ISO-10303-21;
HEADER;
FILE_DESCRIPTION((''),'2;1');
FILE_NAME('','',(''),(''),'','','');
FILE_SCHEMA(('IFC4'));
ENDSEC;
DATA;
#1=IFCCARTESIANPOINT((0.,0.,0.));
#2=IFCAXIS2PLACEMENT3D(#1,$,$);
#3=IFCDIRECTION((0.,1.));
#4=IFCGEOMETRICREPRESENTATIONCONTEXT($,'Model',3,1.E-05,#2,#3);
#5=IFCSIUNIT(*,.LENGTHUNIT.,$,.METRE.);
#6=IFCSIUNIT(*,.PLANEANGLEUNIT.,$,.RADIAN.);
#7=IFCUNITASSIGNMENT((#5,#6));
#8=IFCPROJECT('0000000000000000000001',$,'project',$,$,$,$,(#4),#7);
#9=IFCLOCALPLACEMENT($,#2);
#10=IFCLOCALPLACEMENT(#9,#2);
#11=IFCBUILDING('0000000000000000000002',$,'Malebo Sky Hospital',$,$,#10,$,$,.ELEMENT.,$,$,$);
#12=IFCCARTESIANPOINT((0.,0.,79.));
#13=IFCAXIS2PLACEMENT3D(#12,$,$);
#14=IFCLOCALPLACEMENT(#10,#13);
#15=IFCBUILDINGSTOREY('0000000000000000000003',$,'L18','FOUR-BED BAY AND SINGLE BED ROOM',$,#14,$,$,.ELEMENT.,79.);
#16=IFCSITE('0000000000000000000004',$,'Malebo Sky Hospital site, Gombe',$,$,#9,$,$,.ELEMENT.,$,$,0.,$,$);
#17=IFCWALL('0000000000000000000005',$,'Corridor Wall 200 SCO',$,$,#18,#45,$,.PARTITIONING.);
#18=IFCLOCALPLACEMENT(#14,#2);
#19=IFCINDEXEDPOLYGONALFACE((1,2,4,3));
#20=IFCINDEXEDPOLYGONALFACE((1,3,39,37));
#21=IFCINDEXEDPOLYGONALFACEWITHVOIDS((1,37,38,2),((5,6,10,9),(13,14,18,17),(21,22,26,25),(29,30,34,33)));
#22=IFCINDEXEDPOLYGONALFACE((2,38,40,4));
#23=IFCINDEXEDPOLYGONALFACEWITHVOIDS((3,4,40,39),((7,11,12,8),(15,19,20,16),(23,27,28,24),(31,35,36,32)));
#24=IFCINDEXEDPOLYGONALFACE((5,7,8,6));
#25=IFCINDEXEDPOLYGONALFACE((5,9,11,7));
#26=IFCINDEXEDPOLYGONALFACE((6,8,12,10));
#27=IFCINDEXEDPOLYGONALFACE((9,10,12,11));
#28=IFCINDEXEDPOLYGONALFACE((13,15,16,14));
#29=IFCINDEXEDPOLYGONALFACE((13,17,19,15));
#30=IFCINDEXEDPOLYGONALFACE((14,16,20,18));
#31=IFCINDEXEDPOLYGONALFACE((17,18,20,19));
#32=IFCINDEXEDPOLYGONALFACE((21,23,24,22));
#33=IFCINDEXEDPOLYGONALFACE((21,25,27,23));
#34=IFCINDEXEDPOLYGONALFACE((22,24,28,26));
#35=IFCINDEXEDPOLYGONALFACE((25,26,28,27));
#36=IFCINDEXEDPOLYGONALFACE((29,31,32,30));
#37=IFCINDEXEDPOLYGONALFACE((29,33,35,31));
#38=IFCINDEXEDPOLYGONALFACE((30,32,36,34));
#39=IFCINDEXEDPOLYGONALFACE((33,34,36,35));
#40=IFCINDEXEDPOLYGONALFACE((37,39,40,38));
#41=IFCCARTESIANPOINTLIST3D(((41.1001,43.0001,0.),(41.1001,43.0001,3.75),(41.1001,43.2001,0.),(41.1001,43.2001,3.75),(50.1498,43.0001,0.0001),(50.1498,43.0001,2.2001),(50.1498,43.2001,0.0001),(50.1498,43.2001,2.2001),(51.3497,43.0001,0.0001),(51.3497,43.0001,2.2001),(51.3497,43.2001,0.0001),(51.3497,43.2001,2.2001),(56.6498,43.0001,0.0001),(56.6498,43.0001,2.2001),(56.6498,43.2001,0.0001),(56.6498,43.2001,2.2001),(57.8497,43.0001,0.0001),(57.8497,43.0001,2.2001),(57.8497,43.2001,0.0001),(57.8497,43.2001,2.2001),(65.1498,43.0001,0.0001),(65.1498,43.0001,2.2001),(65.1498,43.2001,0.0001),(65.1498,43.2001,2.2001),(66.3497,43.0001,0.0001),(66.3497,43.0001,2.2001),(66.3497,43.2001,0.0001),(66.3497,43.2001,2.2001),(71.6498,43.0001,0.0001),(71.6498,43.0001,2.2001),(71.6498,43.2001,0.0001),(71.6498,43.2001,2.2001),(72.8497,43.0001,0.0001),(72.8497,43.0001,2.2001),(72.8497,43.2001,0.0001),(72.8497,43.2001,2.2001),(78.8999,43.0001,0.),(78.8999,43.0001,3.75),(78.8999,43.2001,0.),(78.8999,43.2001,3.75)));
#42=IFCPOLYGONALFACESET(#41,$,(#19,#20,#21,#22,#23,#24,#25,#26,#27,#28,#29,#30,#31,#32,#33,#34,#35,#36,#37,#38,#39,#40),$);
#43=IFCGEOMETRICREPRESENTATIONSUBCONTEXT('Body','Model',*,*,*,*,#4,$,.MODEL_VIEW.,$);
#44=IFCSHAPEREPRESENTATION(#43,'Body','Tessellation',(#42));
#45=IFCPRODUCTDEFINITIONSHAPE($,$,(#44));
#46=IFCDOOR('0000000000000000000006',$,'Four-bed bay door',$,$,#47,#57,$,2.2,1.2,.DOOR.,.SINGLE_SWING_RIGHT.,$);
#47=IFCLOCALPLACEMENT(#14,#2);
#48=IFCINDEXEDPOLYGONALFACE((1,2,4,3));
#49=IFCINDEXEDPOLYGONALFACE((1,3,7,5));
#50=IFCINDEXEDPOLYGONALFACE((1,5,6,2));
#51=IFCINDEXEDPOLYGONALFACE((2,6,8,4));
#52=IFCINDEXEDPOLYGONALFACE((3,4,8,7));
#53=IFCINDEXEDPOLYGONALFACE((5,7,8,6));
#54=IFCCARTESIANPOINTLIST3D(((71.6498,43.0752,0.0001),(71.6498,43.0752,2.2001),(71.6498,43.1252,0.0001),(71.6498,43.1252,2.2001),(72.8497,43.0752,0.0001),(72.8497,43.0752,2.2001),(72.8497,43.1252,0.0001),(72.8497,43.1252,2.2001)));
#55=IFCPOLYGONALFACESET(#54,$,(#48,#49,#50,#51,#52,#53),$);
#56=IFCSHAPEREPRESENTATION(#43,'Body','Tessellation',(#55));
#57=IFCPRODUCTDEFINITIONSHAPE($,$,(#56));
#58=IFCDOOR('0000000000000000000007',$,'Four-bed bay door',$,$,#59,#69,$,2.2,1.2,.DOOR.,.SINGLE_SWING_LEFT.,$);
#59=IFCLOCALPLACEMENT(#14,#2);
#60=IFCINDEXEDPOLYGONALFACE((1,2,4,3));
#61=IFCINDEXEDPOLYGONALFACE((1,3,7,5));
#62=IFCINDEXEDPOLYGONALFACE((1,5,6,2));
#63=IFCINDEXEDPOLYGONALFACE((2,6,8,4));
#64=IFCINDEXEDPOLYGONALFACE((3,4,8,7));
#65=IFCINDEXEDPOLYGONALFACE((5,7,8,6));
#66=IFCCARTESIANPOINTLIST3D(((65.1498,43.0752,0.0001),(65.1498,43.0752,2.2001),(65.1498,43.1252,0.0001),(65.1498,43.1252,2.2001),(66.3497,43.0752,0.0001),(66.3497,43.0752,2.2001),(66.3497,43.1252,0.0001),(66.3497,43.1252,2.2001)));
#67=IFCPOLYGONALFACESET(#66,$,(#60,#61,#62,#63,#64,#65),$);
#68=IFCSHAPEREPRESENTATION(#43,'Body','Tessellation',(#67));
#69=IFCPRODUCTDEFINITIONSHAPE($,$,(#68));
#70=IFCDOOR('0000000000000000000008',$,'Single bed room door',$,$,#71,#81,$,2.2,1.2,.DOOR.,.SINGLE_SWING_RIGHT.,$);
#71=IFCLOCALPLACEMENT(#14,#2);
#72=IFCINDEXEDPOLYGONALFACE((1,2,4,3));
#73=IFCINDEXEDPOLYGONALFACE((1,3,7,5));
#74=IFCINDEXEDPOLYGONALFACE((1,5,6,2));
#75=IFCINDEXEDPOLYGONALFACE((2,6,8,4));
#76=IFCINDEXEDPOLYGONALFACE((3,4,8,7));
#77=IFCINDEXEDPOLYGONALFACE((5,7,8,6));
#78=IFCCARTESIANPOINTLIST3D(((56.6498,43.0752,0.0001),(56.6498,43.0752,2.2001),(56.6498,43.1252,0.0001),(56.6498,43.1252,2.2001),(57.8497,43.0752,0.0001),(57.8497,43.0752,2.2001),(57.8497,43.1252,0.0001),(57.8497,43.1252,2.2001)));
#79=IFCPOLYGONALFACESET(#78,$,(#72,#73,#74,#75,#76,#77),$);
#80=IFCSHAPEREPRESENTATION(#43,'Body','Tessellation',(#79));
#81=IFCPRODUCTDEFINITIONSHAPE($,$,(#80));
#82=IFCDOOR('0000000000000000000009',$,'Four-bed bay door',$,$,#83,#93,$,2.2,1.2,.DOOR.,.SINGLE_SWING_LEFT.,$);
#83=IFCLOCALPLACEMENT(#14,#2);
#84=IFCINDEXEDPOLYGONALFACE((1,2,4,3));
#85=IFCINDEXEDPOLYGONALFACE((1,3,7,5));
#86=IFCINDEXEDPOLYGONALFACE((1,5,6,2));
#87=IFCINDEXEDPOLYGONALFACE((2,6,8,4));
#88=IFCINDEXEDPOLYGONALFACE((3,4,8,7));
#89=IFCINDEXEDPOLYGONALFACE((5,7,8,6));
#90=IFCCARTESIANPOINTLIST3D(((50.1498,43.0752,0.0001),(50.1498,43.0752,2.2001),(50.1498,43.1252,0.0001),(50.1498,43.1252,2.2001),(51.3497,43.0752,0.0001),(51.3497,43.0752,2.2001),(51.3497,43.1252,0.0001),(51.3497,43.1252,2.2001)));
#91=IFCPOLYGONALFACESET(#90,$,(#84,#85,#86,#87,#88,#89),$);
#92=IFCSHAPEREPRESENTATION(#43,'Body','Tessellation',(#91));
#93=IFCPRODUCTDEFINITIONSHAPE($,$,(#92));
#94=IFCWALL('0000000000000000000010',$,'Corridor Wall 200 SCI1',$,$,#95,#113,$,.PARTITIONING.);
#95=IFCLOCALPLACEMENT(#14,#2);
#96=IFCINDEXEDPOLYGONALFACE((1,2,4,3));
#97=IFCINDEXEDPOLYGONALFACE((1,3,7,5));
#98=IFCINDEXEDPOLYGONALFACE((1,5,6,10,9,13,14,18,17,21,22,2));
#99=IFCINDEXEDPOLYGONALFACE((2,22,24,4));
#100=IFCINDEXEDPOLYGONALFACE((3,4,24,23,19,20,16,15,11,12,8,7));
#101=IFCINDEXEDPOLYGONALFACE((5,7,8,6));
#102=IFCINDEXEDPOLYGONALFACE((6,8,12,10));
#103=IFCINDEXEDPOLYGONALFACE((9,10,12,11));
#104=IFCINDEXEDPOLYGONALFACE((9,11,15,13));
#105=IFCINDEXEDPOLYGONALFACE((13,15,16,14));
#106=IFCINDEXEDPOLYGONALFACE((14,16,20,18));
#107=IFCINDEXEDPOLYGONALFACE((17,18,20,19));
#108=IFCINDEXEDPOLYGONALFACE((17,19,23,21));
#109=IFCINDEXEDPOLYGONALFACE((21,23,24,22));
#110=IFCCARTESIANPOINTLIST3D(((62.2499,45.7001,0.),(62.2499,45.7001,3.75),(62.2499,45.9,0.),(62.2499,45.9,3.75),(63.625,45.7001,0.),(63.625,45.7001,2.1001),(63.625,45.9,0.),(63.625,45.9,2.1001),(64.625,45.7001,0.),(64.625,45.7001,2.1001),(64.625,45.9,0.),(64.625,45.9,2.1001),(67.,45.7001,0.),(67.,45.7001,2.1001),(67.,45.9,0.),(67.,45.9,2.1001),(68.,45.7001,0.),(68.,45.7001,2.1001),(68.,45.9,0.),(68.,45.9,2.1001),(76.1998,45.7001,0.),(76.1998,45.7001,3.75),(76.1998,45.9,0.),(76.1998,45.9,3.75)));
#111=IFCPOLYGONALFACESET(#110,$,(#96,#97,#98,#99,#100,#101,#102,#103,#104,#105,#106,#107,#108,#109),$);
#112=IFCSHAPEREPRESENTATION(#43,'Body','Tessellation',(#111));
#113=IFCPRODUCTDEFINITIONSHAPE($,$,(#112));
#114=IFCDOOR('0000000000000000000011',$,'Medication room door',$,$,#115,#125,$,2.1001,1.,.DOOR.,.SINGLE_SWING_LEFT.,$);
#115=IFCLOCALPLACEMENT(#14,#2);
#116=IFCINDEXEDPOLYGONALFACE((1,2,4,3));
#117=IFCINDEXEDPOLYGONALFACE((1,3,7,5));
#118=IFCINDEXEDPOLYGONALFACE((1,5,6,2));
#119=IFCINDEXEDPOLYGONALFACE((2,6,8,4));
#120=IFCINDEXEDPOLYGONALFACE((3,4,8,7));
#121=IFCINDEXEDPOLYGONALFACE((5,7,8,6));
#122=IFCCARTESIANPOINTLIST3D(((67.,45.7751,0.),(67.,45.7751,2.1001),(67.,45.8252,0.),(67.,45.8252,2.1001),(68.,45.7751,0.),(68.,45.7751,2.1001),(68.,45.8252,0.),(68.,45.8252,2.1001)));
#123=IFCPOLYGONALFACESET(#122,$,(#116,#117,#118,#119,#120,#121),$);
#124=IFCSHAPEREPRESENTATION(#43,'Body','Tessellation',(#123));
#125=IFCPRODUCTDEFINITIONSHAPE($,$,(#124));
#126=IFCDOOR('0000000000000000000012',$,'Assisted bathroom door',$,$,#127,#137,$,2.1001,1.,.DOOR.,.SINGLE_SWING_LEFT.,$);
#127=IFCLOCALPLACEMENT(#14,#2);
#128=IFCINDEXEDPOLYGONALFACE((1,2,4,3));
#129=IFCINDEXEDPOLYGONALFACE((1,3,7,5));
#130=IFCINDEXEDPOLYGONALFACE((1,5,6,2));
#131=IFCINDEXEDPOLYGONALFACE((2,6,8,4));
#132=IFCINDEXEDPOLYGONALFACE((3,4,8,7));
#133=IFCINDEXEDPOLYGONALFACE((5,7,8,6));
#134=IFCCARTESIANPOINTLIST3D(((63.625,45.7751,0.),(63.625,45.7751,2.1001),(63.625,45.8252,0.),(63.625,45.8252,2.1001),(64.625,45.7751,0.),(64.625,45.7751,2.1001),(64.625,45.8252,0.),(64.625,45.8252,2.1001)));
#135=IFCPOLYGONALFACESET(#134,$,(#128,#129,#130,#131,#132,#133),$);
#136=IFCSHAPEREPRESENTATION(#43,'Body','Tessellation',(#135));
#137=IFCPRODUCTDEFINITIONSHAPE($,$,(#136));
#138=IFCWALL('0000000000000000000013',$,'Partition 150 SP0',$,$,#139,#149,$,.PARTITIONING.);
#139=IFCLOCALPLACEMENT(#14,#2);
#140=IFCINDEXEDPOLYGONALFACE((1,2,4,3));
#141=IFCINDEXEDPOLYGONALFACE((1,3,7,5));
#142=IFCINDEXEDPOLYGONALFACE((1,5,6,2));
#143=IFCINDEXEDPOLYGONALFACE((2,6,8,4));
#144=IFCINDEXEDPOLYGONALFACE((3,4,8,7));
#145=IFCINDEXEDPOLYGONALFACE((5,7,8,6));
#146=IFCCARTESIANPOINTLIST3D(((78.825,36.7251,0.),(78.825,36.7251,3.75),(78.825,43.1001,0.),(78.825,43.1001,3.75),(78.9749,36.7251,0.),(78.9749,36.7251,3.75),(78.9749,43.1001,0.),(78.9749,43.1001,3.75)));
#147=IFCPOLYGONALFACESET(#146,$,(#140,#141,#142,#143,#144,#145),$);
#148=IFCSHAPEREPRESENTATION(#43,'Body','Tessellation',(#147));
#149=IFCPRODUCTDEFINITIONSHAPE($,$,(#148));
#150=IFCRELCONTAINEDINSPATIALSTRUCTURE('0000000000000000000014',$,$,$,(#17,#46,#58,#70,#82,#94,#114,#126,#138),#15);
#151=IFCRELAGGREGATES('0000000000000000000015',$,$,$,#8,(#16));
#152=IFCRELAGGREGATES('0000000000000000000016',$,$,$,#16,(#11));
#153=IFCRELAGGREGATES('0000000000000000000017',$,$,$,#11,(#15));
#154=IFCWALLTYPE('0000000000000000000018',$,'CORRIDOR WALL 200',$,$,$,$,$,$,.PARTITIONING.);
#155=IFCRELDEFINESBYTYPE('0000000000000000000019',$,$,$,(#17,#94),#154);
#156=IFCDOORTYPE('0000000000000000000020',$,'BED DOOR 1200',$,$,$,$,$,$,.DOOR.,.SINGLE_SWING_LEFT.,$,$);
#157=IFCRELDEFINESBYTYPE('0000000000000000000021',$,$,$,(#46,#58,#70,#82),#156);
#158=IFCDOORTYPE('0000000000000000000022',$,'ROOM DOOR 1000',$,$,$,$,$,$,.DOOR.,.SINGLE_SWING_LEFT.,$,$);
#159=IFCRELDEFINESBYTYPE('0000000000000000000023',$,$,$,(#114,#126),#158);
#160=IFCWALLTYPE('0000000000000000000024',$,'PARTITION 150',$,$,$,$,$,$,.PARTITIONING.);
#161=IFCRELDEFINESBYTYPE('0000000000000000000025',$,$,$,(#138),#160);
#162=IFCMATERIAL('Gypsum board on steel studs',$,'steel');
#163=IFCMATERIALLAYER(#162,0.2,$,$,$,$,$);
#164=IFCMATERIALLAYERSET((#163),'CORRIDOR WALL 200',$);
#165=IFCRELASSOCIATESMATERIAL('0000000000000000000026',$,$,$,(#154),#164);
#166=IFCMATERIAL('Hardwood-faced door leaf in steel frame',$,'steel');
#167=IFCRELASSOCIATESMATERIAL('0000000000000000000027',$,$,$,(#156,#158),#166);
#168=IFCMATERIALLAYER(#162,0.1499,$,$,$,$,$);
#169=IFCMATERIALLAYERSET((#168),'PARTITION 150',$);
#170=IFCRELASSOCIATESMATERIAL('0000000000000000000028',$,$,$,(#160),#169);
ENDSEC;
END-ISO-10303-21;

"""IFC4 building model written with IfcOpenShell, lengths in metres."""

from ifc_helpers import new_model, si_unit, direction, frame, frame_2d, origin, place, context, subcontext, project, spatial, rectangle, extrude, material, layer, layer_set, type_object, element, fill, save


model = new_model("IFC4")

# Units and contexts
model_context = context("Model", 3, precision=1e-05, world=origin(), true_north=direction((0.0, 1.0)))
body_context = subcontext(model_context, "Body", "Model", "MODEL_VIEW")
ifc_project = project(units=[si_unit("LENGTHUNIT", "METRE"), si_unit("PLANEANGLEUNIT", "RADIAN")], contexts=[model_context])

# Site, building, storey
site_placement = place(None, origin())
site = spatial("IfcSite", under=ifc_project, at=site_placement, Name="Malebo Sky Hospital site, Gombe", CompositionType="ELEMENT", RefElevation=0.0)
building_placement = place(site_placement, origin())
building = spatial("IfcBuilding", under=site, at=building_placement, Name="Malebo Sky Hospital", CompositionType="ELEMENT")
storey_placement = place(building_placement, frame((0.0, 0.0, 79.0)))
storey = spatial("IfcBuildingStorey", under=building, at=storey_placement, Name="L18", Description="FOUR-BED BAY AND SINGLE BED ROOM", CompositionType="ELEMENT", Elevation=79.0)

# Walls, openings, doors
ifc_material_1 = material(Name="Gypsum board on steel studs", Category="steel")
ifc_layer_1 = layer(ifc_material_1, 0.2)
ifc_layer_set_1 = layer_set([ifc_layer_1], Name="CORRIDOR WALL 200")
wall_type_1 = type_object("IfcWallType", Name="CORRIDOR WALL 200", PredefinedType="PARTITIONING", material=ifc_layer_set_1)
wall_1_placement = place(storey_placement, frame((78.8999, 43.1001, 0.0), z_axis=(0.0, 0.0, 1.0), x_axis=(-1.0, 0.0, 0.0)))
wall_1 = element("IfcWall", 1, at=wall_1_placement, inside=storey, type_object=wall_type_1, Name="Corridor Wall 200 SCO", PredefinedType="PARTITIONING", context=body_context, shape_type="SweptSolid", body=[
    extrude(rectangle(XDim=37.7998, YDim=0.2, at=frame_2d((18.8999, 0.0))), origin(), (0.0, 0.0, 1.0), 3.75),
])
opening_1_placement = place(wall_1_placement, frame((6.05, 0.0, 0.0)))
opening_1 = element("IfcOpeningElement", 2, at=opening_1_placement, cuts=wall_1, PredefinedType="OPENING", context=body_context, shape_type="SweptSolid", body=[
    extrude(rectangle(XDim=1.2, YDim=2.2, at=frame_2d((0.6001, 1.1001))), frame((0.0, 0.1099, 0.0), z_axis=(0.0, -1.0, 0.0), x_axis=(1.0, 0.0, 0.0)), (0.0, 0.0, 1.0), 0.22),
])
opening_2_placement = place(wall_1_placement, frame((12.55, 0.0, 0.0)))
opening_2 = element("IfcOpeningElement", 3, at=opening_2_placement, cuts=wall_1, PredefinedType="OPENING", context=body_context, shape_type="SweptSolid", body=[
    extrude(rectangle(XDim=1.2, YDim=2.2, at=frame_2d((0.6001, 1.1001))), frame((0.0, 0.1099, 0.0), z_axis=(0.0, -1.0, 0.0), x_axis=(1.0, 0.0, 0.0)), (0.0, 0.0, 1.0), 0.22),
])
opening_3_placement = place(wall_1_placement, frame((21.05, 0.0, 0.0)))
opening_3 = element("IfcOpeningElement", 4, at=opening_3_placement, cuts=wall_1, PredefinedType="OPENING", context=body_context, shape_type="SweptSolid", body=[
    extrude(rectangle(XDim=1.2, YDim=2.2, at=frame_2d((0.6001, 1.1001))), frame((0.0, 0.1099, 0.0), z_axis=(0.0, -1.0, 0.0), x_axis=(1.0, 0.0, 0.0)), (0.0, 0.0, 1.0), 0.22),
])
opening_4_placement = place(wall_1_placement, frame((27.55, 0.0, 0.0)))
opening_4 = element("IfcOpeningElement", 5, at=opening_4_placement, cuts=wall_1, PredefinedType="OPENING", context=body_context, shape_type="SweptSolid", body=[
    extrude(rectangle(XDim=1.2, YDim=2.2, at=frame_2d((0.6001, 1.1001))), frame((0.0, 0.1099, 0.0), z_axis=(0.0, -1.0, 0.0), x_axis=(1.0, 0.0, 0.0)), (0.0, 0.0, 1.0), 0.22),
])
ifc_material_2 = material(Name="Hardwood-faced door leaf in steel frame", Category="steel")
door_type_1 = type_object("IfcDoorType", Name="BED DOOR 1200", OperationType="SINGLE_SWING_LEFT", PredefinedType="DOOR", material=ifc_material_2)
door_1_placement = place(opening_1_placement, origin())
door_1 = element("IfcDoor", 6, at=door_1_placement, inside=storey, type_object=door_type_1, Name="Four-bed bay door", OperationType="SINGLE_SWING_RIGHT", OverallHeight=2.2, OverallWidth=1.2, PredefinedType="DOOR", context=body_context, shape_type="SweptSolid", body=[
    extrude(rectangle(XDim=1.2, YDim=2.2, at=frame_2d((0.6001, 1.1001))), frame((0.0, 0.0249, 0.0), z_axis=(0.0, -1.0, 0.0), x_axis=(1.0, 0.0, 0.0)), (0.0, 0.0, 1.0), 0.05),
])
fill(opening_1, door_1)
door_2_placement = place(opening_2_placement, origin())
door_2 = element("IfcDoor", 7, at=door_2_placement, inside=storey, type_object=door_type_1, Name="Four-bed bay door", OperationType="SINGLE_SWING_LEFT", OverallHeight=2.2, OverallWidth=1.2, PredefinedType="DOOR", context=body_context, shape_type="SweptSolid", body=[
    extrude(rectangle(XDim=1.2, YDim=2.2, at=frame_2d((0.6001, 1.1001))), frame((0.0, 0.0249, 0.0), z_axis=(0.0, -1.0, 0.0), x_axis=(1.0, 0.0, 0.0)), (0.0, 0.0, 1.0), 0.05),
])
fill(opening_2, door_2)
door_3_placement = place(opening_3_placement, origin())
door_3 = element("IfcDoor", 8, at=door_3_placement, inside=storey, type_object=door_type_1, Name="Single bed room door", OperationType="SINGLE_SWING_RIGHT", OverallHeight=2.2, OverallWidth=1.2, PredefinedType="DOOR", context=body_context, shape_type="SweptSolid", body=[
    extrude(rectangle(XDim=1.2, YDim=2.2, at=frame_2d((0.6001, 1.1001))), frame((0.0, 0.0249, 0.0), z_axis=(0.0, -1.0, 0.0), x_axis=(1.0, 0.0, 0.0)), (0.0, 0.0, 1.0), 0.05),
])
fill(opening_3, door_3)
door_4_placement = place(opening_4_placement, origin())
door_4 = element("IfcDoor", 9, at=door_4_placement, inside=storey, type_object=door_type_1, Name="Four-bed bay door", OperationType="SINGLE_SWING_LEFT", OverallHeight=2.2, OverallWidth=1.2, PredefinedType="DOOR", context=body_context, shape_type="SweptSolid", body=[
    extrude(rectangle(XDim=1.2, YDim=2.2, at=frame_2d((0.6001, 1.1001))), frame((0.0, 0.0249, 0.0), z_axis=(0.0, -1.0, 0.0), x_axis=(1.0, 0.0, 0.0)), (0.0, 0.0, 1.0), 0.05),
])
fill(opening_4, door_4)
wall_2_placement = place(storey_placement, frame((76.2, 45.8, 0.0), z_axis=(0.0, 0.0, 1.0), x_axis=(-1.0, 0.0, 0.0)))
wall_2 = element("IfcWall", 10, at=wall_2_placement, inside=storey, type_object=wall_type_1, Name="Corridor Wall 200 SCI1", PredefinedType="PARTITIONING", context=body_context, shape_type="SweptSolid", body=[
    extrude(rectangle(XDim=13.95, YDim=0.2, at=frame_2d((6.9751, 0.0))), origin(), (0.0, 0.0, 1.0), 3.75),
])
opening_5_placement = place(wall_2_placement, frame((8.2, 0.0, 0.0)))
opening_5 = element("IfcOpeningElement", 11, at=opening_5_placement, cuts=wall_2, PredefinedType="OPENING", context=body_context, shape_type="SweptSolid", body=[
    extrude(rectangle(XDim=1.0, YDim=2.1001, at=frame_2d((0.5, 1.05))), frame((0.0, 0.1099, 0.0), z_axis=(0.0, -1.0, 0.0), x_axis=(1.0, 0.0, 0.0)), (0.0, 0.0, 1.0), 0.22),
])
opening_6_placement = place(wall_2_placement, frame((11.575, 0.0, 0.0)))
opening_6 = element("IfcOpeningElement", 12, at=opening_6_placement, cuts=wall_2, PredefinedType="OPENING", context=body_context, shape_type="SweptSolid", body=[
    extrude(rectangle(XDim=1.0, YDim=2.1001, at=frame_2d((0.5, 1.05))), frame((0.0, 0.1099, 0.0), z_axis=(0.0, -1.0, 0.0), x_axis=(1.0, 0.0, 0.0)), (0.0, 0.0, 1.0), 0.22),
])
door_type_2 = type_object("IfcDoorType", Name="ROOM DOOR 1000", OperationType="SINGLE_SWING_LEFT", PredefinedType="DOOR", material=ifc_material_2)
door_5_placement = place(opening_5_placement, origin())
door_5 = element("IfcDoor", 13, at=door_5_placement, inside=storey, type_object=door_type_2, Name="Medication room door", OperationType="SINGLE_SWING_LEFT", OverallHeight=2.1001, OverallWidth=1.0, PredefinedType="DOOR", context=body_context, shape_type="SweptSolid", body=[
    extrude(rectangle(XDim=1.0, YDim=2.1001, at=frame_2d((0.5, 1.05))), frame((0.0, 0.0249, 0.0), z_axis=(0.0, -1.0, 0.0), x_axis=(1.0, 0.0, 0.0)), (0.0, 0.0, 1.0), 0.05),
])
fill(opening_5, door_5)
door_6_placement = place(opening_6_placement, origin())
door_6 = element("IfcDoor", 14, at=door_6_placement, inside=storey, type_object=door_type_2, Name="Assisted bathroom door", OperationType="SINGLE_SWING_LEFT", OverallHeight=2.1001, OverallWidth=1.0, PredefinedType="DOOR", context=body_context, shape_type="SweptSolid", body=[
    extrude(rectangle(XDim=1.0, YDim=2.1001, at=frame_2d((0.5, 1.05))), frame((0.0, 0.0249, 0.0), z_axis=(0.0, -1.0, 0.0), x_axis=(1.0, 0.0, 0.0)), (0.0, 0.0, 1.0), 0.05),
])
fill(opening_6, door_6)

# Wall
ifc_layer_2 = layer(ifc_material_1, 0.1499)
ifc_layer_set_2 = layer_set([ifc_layer_2], Name="PARTITION 150")
wall_type_2 = type_object("IfcWallType", Name="PARTITION 150", PredefinedType="PARTITIONING", material=ifc_layer_set_2)
wall_3_placement = place(storey_placement, frame((78.8999, 43.1001, 0.0), z_axis=(0.0, 0.0, 1.0), x_axis=(0.0, -1.0, 0.0)))
element("IfcWall", 15, at=wall_3_placement, inside=storey, type_object=wall_type_2, Name="Partition 150 SP0", PredefinedType="PARTITIONING", context=body_context, shape_type="SweptSolid", body=[
    extrude(rectangle(XDim=6.375, YDim=0.1499, at=frame_2d((3.1875, 0.0))), origin(), (0.0, 0.0, 1.0), 3.75),
])

save(model, "model.ifc")
